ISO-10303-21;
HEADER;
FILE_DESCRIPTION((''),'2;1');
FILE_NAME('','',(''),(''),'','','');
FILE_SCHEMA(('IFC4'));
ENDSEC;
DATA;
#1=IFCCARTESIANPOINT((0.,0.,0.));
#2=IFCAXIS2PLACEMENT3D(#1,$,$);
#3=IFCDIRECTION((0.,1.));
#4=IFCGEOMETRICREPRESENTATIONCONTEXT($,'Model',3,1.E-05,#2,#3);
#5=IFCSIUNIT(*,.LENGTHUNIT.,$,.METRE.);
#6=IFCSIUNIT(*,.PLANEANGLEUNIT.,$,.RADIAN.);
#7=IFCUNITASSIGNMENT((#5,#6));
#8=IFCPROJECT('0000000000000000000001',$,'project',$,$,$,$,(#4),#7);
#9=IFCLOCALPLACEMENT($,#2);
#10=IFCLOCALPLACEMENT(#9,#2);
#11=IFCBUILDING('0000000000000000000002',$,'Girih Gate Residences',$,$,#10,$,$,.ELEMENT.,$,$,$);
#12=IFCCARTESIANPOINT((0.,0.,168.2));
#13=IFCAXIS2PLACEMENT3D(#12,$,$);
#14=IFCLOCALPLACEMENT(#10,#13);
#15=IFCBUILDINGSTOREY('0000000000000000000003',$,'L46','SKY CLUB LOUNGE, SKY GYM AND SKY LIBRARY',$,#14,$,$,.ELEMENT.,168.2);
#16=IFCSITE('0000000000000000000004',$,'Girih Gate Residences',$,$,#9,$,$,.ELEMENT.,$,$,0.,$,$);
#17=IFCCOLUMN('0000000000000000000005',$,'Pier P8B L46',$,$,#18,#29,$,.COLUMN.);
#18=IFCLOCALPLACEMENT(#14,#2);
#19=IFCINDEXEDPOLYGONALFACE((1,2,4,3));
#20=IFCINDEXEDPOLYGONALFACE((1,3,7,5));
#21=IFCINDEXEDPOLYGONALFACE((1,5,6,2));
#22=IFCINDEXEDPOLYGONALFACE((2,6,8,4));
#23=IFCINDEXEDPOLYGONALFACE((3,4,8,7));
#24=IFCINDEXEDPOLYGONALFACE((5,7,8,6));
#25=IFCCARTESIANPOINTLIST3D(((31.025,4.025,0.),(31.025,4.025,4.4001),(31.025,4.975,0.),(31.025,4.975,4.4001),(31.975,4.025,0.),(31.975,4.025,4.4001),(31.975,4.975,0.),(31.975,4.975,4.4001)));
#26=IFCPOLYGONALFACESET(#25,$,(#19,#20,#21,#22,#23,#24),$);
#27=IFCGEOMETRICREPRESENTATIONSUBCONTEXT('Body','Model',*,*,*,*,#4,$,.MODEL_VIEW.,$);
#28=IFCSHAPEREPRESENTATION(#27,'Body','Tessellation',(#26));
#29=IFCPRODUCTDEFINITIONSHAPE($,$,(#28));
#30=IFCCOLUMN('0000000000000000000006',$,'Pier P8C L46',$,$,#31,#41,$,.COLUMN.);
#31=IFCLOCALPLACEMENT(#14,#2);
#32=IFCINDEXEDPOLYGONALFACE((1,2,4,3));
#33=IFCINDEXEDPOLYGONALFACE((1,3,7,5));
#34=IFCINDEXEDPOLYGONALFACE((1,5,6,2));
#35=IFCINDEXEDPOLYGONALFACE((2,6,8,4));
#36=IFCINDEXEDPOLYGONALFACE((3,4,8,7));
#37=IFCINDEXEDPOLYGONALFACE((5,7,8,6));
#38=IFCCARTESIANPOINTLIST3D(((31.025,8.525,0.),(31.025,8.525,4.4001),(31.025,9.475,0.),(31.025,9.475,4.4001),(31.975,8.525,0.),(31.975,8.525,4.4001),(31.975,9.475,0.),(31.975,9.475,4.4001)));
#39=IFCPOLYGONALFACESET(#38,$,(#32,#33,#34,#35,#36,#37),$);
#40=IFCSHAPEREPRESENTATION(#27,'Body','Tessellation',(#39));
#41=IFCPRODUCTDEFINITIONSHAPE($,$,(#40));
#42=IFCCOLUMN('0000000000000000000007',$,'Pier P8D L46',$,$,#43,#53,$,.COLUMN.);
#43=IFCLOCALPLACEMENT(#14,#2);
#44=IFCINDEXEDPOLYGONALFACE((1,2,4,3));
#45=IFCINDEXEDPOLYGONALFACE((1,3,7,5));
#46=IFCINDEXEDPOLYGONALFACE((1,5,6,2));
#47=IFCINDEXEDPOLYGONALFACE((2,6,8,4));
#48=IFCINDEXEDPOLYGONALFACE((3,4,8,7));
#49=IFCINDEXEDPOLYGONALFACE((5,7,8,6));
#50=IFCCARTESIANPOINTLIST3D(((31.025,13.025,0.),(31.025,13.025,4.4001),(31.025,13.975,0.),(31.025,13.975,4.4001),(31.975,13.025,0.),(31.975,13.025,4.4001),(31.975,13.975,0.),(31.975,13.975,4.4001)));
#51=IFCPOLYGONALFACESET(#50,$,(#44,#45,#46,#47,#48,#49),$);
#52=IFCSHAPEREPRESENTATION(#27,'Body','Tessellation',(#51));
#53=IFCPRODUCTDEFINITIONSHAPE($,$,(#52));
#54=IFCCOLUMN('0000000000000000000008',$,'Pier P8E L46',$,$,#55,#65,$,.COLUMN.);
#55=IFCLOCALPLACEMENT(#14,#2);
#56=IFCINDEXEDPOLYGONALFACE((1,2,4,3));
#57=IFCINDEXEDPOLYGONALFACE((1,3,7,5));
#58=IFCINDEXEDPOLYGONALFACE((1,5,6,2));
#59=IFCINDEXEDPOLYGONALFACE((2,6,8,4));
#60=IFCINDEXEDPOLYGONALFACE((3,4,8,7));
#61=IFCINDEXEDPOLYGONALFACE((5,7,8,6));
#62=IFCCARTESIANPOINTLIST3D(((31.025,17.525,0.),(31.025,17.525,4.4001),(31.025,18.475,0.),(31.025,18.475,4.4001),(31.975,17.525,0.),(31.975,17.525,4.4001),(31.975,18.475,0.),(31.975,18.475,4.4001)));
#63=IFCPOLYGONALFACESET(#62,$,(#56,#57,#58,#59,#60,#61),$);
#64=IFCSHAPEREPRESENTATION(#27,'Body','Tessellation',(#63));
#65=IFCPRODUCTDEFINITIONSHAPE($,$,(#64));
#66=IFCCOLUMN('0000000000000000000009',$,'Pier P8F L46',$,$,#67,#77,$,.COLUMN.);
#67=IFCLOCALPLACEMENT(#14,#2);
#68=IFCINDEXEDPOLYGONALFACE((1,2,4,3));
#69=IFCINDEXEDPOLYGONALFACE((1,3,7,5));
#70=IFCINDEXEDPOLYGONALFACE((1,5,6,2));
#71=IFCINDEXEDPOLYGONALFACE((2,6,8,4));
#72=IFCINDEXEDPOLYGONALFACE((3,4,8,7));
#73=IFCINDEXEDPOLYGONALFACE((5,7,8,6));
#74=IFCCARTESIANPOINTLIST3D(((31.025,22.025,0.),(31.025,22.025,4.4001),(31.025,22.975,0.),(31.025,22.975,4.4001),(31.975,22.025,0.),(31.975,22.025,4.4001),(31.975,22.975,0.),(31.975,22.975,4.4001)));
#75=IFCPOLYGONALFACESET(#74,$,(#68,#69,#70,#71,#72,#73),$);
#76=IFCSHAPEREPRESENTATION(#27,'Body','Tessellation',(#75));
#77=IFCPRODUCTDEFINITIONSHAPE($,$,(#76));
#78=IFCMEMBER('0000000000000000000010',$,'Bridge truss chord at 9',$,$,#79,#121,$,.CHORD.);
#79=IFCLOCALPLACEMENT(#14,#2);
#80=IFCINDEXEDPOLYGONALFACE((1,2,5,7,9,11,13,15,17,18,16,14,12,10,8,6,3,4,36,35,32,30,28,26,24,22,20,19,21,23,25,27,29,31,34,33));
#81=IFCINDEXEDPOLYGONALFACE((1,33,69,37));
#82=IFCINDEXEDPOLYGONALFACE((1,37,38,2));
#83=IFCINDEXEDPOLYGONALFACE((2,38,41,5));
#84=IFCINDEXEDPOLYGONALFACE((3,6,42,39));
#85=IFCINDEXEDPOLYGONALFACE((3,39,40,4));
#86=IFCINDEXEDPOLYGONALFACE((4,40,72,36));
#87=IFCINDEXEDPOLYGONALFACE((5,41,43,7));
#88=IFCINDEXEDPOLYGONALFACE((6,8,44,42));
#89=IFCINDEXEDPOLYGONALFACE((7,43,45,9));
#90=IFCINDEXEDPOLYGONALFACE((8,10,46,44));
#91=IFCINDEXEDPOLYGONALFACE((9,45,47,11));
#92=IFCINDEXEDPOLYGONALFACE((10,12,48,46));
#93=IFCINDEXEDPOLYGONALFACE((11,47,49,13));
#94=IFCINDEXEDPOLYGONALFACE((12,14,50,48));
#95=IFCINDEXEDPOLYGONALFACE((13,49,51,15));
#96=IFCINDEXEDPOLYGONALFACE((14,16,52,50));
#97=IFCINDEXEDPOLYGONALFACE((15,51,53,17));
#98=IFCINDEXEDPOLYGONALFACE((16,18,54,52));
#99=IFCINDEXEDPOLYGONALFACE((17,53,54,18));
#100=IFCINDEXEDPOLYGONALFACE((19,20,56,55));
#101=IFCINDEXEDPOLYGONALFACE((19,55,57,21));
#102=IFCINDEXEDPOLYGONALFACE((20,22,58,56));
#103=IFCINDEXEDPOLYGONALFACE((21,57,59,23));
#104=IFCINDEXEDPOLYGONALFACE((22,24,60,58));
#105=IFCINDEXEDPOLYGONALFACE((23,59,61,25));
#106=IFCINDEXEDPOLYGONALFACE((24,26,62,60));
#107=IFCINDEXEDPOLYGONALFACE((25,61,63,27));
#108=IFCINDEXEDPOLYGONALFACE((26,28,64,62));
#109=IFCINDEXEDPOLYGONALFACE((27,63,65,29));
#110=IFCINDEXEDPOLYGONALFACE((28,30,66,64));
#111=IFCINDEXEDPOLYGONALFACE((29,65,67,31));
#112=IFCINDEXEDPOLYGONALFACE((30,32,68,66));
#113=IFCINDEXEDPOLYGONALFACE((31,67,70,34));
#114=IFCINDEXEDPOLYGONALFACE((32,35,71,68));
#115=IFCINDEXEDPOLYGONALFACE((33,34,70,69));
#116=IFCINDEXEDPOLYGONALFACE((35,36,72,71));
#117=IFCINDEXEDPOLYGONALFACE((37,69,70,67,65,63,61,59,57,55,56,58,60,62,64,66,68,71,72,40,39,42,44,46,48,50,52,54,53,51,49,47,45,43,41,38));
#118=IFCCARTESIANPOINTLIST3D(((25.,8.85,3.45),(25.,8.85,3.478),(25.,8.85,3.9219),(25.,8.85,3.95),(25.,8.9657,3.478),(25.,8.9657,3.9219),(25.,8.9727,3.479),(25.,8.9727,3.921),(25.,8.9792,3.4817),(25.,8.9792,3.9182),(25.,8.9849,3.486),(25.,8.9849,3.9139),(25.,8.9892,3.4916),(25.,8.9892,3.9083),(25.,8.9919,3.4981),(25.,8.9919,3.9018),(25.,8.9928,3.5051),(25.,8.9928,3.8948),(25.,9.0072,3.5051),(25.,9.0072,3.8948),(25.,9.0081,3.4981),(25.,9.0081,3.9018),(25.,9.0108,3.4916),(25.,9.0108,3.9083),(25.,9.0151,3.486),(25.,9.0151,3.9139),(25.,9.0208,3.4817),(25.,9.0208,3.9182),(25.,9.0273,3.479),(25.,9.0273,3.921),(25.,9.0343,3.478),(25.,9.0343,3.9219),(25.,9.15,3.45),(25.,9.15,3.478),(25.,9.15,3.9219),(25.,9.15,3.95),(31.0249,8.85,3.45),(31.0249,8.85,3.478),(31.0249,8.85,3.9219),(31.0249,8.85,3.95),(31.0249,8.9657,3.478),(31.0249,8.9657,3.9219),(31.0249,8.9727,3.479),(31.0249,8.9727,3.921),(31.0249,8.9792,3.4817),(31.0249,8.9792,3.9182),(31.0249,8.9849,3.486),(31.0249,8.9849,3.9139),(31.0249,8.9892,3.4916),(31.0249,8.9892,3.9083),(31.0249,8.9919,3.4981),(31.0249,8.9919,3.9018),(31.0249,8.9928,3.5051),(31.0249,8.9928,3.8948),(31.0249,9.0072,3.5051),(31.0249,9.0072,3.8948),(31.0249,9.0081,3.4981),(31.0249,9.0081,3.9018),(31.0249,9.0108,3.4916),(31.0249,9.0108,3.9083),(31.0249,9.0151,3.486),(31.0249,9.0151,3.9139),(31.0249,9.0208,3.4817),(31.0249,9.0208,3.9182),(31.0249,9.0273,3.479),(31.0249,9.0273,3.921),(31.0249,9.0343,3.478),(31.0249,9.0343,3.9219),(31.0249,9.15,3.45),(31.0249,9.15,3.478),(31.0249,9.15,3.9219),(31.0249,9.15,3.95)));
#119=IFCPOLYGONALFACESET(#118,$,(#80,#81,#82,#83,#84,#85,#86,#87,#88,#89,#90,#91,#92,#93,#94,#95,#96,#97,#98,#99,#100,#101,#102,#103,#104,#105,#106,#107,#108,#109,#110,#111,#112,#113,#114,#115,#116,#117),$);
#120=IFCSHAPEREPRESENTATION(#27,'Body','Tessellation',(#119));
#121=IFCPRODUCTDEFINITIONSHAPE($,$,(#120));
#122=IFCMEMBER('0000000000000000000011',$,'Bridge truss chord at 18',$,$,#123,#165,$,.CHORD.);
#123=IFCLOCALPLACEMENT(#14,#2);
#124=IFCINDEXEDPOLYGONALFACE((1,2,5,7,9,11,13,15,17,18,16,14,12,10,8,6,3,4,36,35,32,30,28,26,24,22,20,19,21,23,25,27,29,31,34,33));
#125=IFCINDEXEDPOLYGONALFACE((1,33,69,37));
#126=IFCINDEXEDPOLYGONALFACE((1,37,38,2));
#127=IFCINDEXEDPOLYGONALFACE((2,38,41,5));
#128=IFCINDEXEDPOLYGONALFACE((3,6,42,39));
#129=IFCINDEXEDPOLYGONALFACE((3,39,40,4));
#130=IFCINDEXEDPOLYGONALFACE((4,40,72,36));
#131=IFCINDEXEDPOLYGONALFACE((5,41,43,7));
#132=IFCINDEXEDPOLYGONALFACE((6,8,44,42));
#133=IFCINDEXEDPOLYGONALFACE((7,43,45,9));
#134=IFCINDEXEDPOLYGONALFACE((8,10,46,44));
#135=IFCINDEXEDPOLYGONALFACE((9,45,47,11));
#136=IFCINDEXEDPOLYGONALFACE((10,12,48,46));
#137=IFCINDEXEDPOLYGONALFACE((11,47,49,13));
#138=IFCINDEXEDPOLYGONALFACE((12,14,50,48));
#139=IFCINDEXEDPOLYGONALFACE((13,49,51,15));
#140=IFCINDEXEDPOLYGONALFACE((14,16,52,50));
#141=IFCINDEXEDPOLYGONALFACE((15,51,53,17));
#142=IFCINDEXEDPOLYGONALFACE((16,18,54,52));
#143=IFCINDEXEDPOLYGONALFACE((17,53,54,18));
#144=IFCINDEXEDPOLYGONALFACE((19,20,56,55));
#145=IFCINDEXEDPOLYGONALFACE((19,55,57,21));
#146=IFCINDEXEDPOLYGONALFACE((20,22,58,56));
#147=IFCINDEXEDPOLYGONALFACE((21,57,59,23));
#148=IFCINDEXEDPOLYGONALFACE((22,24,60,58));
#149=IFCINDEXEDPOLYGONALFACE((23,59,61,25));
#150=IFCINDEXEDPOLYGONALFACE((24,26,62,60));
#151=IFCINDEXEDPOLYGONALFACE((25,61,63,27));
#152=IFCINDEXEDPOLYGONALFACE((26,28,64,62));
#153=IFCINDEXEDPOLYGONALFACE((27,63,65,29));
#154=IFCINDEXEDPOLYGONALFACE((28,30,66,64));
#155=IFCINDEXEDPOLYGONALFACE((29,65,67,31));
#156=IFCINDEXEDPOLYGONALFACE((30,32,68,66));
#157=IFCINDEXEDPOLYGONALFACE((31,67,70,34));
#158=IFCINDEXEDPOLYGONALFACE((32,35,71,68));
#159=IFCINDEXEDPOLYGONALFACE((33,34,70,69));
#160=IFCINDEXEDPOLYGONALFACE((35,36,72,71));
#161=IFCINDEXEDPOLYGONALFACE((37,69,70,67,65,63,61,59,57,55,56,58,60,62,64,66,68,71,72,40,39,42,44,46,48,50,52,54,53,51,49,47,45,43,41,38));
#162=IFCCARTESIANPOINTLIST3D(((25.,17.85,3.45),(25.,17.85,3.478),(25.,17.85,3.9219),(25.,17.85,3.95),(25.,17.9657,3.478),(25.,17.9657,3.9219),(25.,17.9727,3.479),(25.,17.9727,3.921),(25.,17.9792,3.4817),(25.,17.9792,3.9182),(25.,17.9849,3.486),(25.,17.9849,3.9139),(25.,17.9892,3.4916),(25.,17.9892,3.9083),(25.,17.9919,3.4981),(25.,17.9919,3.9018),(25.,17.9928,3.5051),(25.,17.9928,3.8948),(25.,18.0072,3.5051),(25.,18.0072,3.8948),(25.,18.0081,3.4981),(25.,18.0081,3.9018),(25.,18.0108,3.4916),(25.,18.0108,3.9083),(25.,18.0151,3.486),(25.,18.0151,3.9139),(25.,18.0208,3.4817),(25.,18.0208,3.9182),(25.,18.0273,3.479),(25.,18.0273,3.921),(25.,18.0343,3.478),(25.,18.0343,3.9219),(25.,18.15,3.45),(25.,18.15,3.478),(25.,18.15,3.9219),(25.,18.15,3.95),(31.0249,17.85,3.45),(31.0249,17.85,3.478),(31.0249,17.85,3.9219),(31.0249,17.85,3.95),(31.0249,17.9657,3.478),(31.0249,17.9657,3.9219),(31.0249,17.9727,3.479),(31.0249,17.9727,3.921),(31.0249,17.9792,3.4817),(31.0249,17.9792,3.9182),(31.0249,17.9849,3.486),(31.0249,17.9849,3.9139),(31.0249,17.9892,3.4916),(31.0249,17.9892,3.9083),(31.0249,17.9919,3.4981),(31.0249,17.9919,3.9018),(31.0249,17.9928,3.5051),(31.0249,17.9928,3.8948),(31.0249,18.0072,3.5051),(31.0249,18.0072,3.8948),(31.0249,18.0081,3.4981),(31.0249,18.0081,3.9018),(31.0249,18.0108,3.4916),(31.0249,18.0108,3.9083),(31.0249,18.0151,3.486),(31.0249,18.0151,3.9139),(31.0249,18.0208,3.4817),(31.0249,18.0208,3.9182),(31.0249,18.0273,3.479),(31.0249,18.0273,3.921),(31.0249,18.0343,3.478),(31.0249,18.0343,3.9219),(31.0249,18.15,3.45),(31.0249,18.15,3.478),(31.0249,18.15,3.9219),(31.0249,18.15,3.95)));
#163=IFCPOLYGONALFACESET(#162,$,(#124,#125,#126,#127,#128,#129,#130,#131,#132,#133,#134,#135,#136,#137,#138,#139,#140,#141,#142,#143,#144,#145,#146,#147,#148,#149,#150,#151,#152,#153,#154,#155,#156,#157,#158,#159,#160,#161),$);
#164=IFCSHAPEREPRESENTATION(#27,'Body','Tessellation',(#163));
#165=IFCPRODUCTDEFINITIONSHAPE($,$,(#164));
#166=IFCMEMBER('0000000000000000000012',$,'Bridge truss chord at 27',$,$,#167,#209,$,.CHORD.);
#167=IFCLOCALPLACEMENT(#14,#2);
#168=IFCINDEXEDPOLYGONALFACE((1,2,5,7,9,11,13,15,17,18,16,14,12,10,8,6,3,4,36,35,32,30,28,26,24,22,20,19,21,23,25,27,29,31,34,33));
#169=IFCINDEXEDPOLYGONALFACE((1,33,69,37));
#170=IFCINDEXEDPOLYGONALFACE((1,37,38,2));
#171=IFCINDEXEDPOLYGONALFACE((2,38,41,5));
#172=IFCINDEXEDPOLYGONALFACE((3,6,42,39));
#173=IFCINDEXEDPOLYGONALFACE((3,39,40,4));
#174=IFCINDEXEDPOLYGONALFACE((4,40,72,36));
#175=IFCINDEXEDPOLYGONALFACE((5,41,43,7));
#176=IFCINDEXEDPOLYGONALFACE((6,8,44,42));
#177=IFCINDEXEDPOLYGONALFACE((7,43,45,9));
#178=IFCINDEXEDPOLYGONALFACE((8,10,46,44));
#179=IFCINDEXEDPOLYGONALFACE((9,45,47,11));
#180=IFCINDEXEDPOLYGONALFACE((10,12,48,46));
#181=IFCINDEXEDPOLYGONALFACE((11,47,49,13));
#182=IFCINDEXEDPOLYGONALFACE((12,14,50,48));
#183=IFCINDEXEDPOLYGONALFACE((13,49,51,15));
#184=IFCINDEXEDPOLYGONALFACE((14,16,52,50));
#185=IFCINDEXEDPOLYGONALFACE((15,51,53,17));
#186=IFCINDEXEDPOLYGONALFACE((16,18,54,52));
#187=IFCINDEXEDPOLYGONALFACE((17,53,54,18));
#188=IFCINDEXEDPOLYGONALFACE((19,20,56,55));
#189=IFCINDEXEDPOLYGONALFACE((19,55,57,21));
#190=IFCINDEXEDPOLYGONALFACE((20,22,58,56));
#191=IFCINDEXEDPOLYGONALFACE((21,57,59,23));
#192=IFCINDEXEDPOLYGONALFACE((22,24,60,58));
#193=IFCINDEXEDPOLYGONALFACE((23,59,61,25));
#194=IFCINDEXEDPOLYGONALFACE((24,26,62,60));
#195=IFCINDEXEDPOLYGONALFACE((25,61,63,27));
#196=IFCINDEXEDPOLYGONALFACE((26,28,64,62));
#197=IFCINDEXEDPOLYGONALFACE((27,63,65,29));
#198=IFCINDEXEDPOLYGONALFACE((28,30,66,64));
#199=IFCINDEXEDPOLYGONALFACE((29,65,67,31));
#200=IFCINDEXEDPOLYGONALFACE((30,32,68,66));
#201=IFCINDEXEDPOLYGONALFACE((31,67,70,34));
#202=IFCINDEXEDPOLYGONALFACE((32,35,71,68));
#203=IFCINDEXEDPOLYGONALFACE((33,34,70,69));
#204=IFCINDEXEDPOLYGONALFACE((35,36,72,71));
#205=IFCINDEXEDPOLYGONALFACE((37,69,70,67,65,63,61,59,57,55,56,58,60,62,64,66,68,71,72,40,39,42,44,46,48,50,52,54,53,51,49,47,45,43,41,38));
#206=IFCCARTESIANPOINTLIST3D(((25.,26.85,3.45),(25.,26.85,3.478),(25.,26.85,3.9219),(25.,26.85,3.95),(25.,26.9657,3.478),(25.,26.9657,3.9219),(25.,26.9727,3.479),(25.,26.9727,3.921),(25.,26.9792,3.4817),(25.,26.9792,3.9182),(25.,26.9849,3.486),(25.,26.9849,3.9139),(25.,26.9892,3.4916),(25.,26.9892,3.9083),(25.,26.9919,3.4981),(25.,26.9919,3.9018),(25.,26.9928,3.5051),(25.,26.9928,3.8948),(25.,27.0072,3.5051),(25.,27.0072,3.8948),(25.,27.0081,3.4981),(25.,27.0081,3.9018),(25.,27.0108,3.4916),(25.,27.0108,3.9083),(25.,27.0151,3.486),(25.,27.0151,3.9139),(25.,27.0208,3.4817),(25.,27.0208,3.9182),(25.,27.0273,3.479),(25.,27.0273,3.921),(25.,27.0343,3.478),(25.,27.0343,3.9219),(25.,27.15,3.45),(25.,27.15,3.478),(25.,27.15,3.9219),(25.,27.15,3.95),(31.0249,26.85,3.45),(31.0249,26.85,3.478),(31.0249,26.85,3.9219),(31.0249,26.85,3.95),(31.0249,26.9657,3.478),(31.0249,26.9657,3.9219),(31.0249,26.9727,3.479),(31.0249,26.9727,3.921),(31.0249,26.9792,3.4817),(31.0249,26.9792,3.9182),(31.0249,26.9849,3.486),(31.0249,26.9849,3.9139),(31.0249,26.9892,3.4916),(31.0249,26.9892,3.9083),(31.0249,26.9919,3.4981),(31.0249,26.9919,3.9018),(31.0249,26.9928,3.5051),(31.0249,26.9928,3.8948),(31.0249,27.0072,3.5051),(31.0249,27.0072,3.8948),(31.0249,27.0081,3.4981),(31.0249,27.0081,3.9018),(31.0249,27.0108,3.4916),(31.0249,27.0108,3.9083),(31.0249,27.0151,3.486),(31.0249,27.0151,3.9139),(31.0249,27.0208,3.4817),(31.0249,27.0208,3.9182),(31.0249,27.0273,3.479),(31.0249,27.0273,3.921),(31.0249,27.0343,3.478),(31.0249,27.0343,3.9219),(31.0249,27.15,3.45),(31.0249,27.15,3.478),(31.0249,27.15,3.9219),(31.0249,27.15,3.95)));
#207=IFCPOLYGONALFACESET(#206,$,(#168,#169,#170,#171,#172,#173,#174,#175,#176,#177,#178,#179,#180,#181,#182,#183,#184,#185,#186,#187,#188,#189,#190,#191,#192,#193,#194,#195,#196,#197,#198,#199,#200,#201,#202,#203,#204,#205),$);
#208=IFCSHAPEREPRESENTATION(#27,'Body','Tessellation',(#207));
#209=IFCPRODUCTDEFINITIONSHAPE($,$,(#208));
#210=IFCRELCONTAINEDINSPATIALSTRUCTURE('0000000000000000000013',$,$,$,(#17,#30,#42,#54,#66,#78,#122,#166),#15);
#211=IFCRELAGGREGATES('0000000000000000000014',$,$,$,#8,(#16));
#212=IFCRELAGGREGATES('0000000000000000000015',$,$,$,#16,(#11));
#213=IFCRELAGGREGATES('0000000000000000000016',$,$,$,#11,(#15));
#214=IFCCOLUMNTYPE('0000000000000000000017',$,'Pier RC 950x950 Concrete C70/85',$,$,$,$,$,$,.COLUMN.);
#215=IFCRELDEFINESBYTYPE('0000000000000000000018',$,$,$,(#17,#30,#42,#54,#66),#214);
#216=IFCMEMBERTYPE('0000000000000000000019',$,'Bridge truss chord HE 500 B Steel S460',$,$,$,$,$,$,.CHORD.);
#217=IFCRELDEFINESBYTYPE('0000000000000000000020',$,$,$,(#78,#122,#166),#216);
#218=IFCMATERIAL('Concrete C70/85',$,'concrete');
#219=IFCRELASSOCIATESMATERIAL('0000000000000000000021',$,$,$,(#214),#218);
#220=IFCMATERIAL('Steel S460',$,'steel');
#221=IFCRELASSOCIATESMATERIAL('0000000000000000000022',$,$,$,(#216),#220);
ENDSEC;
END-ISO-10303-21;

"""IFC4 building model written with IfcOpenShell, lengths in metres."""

from ifc_helpers import new_model, si_unit, direction, frame, origin, origin_2d, place, context, subcontext, project, spatial, rectangle, i_section, extrude, material, material_profile, profile_set, type_object, element, save


model = new_model("IFC4")

# Units and contexts
model_context = context("Model", 3, precision=1e-05, world=origin(), true_north=direction((0.0, 1.0)))
body_context = subcontext(model_context, "Body", "Model", "MODEL_VIEW")
ifc_project = project(units=[si_unit("LENGTHUNIT", "METRE"), si_unit("PLANEANGLEUNIT", "RADIAN")], contexts=[model_context])

# Site, building, storey
site_placement = place(None, origin())
site = spatial("IfcSite", under=ifc_project, at=site_placement, Name="Girih Gate Residences", CompositionType="ELEMENT", RefElevation=0.0)
building_placement = place(site_placement, origin())
building = spatial("IfcBuilding", under=site, at=building_placement, Name="Girih Gate Residences", CompositionType="ELEMENT")
storey_placement = place(building_placement, frame((0.0, 0.0, 168.2)))
storey = spatial("IfcBuildingStorey", under=building, at=storey_placement, Name="L46", Description="SKY CLUB LOUNGE, SKY GYM AND SKY LIBRARY", CompositionType="ELEMENT", Elevation=168.2)

# Columns
ifc_material_1 = material(Name="Concrete C70/85", Category="concrete")
ifc_material_profile_1 = material_profile(ifc_material_1, rectangle(XDim=0.95, YDim=0.95, at=origin_2d()))
ifc_profile_set_1 = profile_set([ifc_material_profile_1], Name="Concrete C70/85")
column_type = type_object("IfcColumnType", Name="Pier RC 950x950 Concrete C70/85", PredefinedType="COLUMN", material=ifc_profile_set_1)
for number, where, z_axis, x_axis, name in (
    (1, (31.5, 4.5, 0.0), (0.0, 0.0, 1.0), (1.0, 0.0, 0.0), "Pier P8B L46"),
    (2, (31.5, 9.0, 0.0), (0.0, 0.0, 1.0), (1.0, 0.0, 0.0), "Pier P8C L46"),
    (3, (31.5, 13.5, 0.0), (0.0, 0.0, 1.0), (1.0, 0.0, 0.0), "Pier P8D L46"),
    (4, (31.5, 18.0, 0.0), (0.0, 0.0, 1.0), (1.0, 0.0, 0.0), "Pier P8E L46"),
    (5, (31.5, 22.5, 0.0), (0.0, 0.0, 1.0), (1.0, 0.0, 0.0), "Pier P8F L46"),
):
    element("IfcColumn", number, at=place(storey_placement, frame(where, z_axis=z_axis, x_axis=x_axis)), inside=storey, type_object=column_type, Name=name, PredefinedType="COLUMN", context=body_context, shape_type="SweptSolid", body=[
        extrude(rectangle(XDim=0.95, YDim=0.95, at=origin_2d()), origin(), (0.0, 0.0, 1.0), 4.4001),
    ])

# Members
ifc_material_2 = material(Name="Steel S460", Category="steel")
ifc_material_profile_2 = material_profile(ifc_material_2, i_section(OverallWidth=0.3, OverallDepth=0.5, WebThickness=0.0144, FlangeThickness=0.0281, FilletRadius=0.0271, at=origin_2d()))
ifc_profile_set_2 = profile_set([ifc_material_profile_2], Name="Steel S460")
member_type_1 = type_object("IfcMemberType", Name="Bridge truss chord HE 500 B Steel S460", PredefinedType="CHORD", material=ifc_profile_set_2)
for number, where, z_axis, x_axis, name in (
    (6, (25.0, 9.0, 3.7), (1.0, 0.0, 0.0), (0.0, 1.0, 0.0), "Bridge truss chord at 9"),
    (7, (25.0, 18.0, 3.7), (1.0, 0.0, 0.0), (0.0, 1.0, 0.0), "Bridge truss chord at 18"),
    (8, (25.0, 27.0, 3.7), (1.0, 0.0, 0.0), (0.0, 1.0, 0.0), "Bridge truss chord at 27"),
):
    element("IfcMember", number, at=place(storey_placement, frame(where, z_axis=z_axis, x_axis=x_axis)), inside=storey, type_object=member_type_1, Name=name, PredefinedType="CHORD", context=body_context, shape_type="SweptSolid", body=[
        extrude(i_section(OverallWidth=0.3, OverallDepth=0.5, WebThickness=0.0144, FlangeThickness=0.0281, FilletRadius=0.0271, at=origin_2d()), origin(), (0.0, 0.0, 1.0), 6.0249),
    ])

save(model, "model.ifc")
